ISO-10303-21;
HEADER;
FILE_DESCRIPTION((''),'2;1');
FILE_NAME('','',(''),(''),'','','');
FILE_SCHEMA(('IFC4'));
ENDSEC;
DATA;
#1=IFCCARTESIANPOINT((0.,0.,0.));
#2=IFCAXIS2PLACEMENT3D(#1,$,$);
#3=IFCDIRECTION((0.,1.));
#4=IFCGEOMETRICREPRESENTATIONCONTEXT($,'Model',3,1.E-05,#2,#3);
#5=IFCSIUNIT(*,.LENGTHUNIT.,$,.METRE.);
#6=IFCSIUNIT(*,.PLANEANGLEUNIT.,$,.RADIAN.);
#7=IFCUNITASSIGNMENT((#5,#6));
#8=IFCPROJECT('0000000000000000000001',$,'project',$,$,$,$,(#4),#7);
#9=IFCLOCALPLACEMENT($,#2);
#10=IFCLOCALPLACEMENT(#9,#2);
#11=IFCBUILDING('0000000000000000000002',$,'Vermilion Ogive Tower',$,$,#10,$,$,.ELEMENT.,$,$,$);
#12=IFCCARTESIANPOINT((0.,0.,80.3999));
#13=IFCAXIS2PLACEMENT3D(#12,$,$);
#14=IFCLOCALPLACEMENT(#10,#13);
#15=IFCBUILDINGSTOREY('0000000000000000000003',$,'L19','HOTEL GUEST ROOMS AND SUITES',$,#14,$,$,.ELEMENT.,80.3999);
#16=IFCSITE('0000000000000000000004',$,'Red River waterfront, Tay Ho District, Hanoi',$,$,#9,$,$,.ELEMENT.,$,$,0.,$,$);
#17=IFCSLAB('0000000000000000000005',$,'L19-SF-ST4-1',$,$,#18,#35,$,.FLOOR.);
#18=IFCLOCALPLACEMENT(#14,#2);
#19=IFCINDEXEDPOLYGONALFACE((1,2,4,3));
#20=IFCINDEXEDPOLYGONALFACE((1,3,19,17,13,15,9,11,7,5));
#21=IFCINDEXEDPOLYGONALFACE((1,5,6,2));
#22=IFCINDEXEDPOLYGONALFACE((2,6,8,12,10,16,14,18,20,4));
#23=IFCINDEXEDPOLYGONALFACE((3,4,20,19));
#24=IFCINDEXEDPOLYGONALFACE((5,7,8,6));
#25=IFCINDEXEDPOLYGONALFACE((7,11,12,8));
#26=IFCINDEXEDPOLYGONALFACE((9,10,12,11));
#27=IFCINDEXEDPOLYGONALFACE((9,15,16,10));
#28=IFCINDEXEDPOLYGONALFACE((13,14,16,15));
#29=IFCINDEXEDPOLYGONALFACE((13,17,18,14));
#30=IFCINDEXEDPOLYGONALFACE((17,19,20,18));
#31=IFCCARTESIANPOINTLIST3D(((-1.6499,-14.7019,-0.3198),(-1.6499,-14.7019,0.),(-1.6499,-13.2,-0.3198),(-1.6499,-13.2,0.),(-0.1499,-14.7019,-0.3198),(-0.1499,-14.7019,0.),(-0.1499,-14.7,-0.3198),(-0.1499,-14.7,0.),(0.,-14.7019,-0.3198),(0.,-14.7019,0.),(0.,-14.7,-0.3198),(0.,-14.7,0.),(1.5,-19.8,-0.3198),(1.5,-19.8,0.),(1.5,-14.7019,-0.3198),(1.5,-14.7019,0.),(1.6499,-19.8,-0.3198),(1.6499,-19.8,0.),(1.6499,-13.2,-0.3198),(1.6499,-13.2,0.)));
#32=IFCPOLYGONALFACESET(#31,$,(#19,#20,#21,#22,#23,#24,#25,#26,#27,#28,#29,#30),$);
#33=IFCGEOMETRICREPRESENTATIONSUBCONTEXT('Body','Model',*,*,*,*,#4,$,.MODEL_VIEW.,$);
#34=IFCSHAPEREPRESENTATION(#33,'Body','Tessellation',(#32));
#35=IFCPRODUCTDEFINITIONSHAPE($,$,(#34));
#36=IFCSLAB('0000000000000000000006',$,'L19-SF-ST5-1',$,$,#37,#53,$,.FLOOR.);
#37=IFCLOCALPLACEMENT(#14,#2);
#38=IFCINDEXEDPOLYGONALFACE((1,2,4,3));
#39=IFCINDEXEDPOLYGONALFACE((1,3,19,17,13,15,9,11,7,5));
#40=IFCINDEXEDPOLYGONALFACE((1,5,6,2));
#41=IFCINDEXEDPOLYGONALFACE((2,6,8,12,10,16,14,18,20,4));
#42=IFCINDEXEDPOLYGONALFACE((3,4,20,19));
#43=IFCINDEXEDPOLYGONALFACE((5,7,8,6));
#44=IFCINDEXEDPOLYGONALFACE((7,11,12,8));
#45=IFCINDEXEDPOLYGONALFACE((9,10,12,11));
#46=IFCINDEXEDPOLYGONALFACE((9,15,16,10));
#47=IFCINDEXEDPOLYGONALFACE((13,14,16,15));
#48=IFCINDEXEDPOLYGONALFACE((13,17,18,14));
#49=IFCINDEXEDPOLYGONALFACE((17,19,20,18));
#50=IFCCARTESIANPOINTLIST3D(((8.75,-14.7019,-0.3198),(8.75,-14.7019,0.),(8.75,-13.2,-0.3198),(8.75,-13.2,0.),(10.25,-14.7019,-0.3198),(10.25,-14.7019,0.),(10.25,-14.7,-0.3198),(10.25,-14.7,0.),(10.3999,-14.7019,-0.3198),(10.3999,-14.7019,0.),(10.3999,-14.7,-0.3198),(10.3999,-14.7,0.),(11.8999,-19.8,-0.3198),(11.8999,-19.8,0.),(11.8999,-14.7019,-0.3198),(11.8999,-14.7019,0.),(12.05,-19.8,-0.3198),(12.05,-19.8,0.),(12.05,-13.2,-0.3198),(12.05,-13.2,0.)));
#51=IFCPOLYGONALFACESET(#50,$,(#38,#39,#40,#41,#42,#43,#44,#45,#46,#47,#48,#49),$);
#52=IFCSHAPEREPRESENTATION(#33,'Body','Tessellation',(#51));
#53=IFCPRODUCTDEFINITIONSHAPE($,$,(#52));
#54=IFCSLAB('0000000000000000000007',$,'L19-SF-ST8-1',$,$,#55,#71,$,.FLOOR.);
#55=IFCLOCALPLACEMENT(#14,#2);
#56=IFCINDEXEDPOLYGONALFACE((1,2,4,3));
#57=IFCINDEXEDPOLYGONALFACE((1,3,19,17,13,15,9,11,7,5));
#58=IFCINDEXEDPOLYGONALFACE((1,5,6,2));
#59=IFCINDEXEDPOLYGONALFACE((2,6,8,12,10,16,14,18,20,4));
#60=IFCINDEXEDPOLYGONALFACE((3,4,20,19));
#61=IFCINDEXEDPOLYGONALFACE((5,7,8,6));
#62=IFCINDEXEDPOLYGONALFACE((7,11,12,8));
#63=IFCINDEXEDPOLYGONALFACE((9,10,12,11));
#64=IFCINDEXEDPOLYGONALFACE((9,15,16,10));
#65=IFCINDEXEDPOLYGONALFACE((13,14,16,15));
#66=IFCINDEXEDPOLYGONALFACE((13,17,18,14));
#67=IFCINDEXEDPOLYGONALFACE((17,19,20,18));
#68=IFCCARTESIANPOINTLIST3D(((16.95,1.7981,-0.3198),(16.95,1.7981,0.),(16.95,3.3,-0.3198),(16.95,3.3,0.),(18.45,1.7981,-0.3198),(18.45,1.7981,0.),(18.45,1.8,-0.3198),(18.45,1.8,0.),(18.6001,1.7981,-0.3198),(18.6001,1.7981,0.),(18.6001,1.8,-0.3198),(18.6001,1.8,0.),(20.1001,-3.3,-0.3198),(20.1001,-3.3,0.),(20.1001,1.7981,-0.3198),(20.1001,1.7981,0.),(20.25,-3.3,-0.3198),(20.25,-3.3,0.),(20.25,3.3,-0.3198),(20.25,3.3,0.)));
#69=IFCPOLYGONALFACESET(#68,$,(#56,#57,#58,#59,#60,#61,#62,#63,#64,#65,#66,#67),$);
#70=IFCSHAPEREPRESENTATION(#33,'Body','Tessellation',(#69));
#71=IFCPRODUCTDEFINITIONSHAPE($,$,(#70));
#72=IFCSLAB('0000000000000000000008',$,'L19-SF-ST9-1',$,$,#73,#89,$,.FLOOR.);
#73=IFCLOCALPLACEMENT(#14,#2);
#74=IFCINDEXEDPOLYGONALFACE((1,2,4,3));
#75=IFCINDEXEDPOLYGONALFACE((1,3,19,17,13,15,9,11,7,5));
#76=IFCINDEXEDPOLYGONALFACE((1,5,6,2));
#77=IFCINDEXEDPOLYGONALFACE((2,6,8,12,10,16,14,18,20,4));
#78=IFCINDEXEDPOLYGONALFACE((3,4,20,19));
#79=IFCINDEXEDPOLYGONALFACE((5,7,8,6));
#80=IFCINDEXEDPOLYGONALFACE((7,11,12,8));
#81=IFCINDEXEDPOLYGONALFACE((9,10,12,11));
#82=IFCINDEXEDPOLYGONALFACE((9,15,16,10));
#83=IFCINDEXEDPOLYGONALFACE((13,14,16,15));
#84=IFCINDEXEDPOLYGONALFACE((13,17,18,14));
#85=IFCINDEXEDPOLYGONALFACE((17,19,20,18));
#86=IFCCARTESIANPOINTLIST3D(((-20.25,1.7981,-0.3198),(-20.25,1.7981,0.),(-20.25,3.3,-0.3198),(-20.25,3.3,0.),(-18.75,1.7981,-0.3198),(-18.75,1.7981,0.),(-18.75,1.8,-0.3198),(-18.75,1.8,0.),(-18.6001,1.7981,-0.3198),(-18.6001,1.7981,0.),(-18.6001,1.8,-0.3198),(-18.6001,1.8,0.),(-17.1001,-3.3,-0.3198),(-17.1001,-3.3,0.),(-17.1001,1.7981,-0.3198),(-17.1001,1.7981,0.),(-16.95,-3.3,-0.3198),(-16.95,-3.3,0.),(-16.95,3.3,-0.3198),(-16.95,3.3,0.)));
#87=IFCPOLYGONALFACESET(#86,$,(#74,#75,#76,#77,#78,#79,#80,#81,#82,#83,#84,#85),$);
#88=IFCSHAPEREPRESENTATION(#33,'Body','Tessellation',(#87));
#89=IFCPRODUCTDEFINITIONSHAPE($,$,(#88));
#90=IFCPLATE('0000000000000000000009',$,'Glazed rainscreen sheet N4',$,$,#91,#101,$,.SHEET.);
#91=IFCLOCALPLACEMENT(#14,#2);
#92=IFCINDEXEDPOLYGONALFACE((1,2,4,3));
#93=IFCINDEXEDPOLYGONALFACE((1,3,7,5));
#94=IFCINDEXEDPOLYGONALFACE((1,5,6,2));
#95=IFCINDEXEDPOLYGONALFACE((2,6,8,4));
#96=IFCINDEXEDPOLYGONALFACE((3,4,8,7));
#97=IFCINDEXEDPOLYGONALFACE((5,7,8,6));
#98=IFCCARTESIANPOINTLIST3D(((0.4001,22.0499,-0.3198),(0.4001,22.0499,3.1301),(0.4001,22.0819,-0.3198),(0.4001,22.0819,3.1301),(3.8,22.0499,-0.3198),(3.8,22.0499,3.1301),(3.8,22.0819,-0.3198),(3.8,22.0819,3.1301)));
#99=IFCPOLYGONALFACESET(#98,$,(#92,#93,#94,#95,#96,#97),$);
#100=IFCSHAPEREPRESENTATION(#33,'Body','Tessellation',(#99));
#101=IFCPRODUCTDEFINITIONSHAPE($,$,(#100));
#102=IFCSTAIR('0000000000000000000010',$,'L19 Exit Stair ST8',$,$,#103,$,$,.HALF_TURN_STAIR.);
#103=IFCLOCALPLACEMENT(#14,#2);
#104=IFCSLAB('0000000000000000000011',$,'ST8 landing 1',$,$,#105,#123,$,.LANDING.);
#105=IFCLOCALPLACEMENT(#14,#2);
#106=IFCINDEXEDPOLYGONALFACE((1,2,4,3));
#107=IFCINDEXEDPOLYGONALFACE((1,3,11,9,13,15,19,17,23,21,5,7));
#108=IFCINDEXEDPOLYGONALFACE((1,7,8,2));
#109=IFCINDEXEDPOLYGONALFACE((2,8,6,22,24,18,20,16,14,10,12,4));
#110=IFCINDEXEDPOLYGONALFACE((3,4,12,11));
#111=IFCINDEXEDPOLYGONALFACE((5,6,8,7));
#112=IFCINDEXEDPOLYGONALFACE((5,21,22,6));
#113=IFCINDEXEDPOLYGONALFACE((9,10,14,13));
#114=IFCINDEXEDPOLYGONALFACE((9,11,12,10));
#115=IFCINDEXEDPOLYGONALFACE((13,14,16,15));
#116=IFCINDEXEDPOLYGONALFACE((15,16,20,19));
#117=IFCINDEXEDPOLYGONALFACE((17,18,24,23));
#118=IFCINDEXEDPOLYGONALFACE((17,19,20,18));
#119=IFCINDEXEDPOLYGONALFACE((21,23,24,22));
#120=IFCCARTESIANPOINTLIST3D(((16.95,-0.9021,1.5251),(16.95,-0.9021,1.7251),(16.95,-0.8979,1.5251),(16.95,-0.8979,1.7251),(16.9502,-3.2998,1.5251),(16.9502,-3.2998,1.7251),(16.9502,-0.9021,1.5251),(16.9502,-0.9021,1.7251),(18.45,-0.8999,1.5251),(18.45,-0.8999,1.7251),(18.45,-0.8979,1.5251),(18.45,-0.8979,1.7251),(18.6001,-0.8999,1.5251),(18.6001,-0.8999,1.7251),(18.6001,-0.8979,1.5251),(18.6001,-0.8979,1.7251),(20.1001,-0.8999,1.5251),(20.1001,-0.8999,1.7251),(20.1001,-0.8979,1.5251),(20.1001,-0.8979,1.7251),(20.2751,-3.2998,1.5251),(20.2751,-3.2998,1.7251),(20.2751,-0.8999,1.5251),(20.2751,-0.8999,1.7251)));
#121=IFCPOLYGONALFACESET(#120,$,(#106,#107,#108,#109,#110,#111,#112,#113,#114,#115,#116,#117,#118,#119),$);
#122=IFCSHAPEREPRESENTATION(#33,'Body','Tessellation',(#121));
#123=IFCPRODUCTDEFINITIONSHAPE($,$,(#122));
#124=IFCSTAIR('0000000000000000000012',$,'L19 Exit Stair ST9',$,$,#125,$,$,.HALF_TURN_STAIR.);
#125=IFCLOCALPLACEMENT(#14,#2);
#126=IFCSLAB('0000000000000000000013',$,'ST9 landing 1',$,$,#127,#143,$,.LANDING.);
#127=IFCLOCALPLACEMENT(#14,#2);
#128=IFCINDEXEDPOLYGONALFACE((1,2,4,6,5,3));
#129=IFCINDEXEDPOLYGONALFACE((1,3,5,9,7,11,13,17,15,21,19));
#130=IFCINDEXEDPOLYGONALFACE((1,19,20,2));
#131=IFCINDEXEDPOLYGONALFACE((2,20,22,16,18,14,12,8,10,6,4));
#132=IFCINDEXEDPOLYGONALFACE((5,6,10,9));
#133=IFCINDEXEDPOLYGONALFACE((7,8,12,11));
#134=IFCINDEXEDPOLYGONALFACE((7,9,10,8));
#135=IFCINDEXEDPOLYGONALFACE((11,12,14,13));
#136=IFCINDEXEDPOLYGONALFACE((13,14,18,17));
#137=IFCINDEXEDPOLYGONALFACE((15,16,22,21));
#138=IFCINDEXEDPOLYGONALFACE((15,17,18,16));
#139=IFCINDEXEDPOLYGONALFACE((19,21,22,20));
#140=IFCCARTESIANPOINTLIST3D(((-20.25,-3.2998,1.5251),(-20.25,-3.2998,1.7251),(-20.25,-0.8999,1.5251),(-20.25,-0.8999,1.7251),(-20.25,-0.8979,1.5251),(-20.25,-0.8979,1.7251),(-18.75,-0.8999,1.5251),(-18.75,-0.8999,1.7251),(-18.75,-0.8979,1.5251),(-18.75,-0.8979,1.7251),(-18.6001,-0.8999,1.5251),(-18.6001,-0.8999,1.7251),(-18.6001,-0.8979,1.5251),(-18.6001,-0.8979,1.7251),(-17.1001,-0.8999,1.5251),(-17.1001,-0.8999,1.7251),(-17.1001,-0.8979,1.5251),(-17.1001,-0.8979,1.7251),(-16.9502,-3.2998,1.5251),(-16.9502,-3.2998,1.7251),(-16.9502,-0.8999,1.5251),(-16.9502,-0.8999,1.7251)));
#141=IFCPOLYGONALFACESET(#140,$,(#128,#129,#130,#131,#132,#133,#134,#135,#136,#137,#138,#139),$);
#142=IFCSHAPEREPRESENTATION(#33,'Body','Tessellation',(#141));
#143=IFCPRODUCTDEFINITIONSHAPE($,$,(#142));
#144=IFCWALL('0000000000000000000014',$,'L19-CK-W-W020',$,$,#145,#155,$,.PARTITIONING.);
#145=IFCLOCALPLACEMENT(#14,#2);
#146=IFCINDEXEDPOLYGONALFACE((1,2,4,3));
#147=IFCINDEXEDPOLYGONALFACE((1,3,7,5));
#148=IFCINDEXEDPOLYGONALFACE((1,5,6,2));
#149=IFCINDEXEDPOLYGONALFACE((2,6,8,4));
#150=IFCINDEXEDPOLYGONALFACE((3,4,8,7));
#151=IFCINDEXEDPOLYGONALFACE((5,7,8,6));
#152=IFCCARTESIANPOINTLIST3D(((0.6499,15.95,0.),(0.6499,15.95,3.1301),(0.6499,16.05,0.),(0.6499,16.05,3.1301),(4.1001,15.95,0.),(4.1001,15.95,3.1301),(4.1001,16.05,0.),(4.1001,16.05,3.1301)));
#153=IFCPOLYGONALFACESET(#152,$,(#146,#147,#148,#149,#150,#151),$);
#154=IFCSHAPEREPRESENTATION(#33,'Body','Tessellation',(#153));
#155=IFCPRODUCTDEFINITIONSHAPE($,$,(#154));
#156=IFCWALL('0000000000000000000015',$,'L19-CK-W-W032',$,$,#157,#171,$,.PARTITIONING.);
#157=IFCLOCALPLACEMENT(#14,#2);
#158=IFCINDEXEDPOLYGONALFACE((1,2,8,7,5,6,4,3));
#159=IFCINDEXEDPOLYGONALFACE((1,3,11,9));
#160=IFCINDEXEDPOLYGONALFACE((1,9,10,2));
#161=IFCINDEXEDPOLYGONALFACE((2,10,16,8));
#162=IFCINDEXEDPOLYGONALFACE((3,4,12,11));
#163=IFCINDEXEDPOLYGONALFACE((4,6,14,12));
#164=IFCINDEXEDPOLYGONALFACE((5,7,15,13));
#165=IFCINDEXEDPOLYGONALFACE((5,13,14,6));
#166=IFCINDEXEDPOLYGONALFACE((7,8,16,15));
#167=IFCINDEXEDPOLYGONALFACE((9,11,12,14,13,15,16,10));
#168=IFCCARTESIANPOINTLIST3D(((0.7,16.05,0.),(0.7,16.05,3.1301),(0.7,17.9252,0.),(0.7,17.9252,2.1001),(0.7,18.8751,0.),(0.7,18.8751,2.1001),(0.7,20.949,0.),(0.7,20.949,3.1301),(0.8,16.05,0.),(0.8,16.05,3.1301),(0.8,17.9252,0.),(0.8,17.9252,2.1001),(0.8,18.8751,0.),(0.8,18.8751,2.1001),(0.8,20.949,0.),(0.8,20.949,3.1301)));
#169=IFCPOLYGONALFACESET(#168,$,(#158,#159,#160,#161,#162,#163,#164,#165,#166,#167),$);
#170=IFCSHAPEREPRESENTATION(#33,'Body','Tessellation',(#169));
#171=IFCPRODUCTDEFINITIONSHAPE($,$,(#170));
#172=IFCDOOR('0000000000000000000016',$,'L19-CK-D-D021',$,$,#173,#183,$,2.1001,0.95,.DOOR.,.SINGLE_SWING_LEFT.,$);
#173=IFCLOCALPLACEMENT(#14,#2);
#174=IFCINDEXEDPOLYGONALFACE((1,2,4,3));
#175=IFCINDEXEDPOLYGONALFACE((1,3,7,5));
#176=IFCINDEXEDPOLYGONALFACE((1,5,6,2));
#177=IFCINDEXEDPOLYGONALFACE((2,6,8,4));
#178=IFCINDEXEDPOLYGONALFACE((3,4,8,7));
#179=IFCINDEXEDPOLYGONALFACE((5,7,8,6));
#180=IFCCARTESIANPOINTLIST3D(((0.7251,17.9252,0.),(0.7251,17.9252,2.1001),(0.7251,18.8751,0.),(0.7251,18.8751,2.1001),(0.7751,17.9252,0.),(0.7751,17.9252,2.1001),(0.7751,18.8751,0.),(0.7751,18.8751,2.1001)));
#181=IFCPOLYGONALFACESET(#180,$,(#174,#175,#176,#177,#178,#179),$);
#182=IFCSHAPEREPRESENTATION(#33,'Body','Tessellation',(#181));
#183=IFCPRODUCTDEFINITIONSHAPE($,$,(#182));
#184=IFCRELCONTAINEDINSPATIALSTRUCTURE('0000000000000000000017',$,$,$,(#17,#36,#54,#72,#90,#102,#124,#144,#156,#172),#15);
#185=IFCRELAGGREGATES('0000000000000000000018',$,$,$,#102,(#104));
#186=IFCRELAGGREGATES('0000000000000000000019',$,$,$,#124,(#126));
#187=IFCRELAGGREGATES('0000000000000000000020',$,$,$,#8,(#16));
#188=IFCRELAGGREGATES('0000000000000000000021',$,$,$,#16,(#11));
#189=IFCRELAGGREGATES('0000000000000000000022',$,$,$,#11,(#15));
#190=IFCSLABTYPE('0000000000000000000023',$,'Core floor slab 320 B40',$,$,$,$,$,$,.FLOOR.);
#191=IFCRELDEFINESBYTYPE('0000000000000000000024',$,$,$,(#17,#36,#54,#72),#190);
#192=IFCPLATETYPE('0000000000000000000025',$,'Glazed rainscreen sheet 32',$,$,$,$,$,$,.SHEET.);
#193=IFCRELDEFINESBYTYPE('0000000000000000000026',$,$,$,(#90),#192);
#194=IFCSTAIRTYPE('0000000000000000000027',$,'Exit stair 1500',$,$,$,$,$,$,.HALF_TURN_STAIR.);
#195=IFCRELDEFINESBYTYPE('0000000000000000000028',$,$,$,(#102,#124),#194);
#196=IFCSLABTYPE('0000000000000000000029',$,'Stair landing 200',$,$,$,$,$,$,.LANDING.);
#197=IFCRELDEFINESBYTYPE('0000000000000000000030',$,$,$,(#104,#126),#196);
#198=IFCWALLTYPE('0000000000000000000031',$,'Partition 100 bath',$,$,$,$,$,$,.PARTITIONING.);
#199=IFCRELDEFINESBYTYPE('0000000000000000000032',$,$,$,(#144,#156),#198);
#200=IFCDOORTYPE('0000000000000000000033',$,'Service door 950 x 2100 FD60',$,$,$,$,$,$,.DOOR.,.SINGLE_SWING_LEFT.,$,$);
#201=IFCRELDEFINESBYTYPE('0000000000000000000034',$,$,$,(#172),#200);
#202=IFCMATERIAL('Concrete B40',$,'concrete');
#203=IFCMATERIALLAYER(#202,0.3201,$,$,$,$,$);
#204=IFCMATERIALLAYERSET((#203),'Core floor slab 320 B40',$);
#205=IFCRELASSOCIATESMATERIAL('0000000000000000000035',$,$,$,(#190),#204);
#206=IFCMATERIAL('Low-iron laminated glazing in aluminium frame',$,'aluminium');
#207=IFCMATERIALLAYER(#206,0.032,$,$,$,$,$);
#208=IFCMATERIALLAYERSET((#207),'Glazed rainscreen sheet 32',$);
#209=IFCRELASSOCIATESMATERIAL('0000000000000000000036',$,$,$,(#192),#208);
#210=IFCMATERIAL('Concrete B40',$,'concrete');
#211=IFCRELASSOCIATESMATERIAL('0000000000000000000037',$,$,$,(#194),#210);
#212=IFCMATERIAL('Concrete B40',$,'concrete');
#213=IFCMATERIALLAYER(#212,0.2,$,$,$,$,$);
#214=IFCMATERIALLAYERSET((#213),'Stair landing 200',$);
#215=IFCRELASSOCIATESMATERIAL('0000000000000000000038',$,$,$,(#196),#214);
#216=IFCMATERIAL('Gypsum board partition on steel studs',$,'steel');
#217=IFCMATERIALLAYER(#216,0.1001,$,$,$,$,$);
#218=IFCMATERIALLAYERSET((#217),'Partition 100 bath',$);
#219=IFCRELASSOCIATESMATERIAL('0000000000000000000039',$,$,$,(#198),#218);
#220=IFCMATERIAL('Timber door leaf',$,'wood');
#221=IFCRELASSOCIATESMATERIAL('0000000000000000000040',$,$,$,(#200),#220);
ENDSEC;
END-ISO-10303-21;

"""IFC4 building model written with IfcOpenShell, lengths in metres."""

from ifc_helpers import new_model, si_unit, direction, frame, frame_2d, origin, origin_2d, place, context, subcontext, project, spatial, polyline, rectangle, outline, extrude, material, layer, layer_set, type_object, element, fill, aggregate, save


model = new_model("IFC4")

# Units and contexts
model_context = context("Model", 3, precision=1e-05, world=origin(), true_north=direction((0.0, 1.0)))
body_context = subcontext(model_context, "Body", "Model", "MODEL_VIEW")
ifc_project = project(units=[si_unit("LENGTHUNIT", "METRE"), si_unit("PLANEANGLEUNIT", "RADIAN")], contexts=[model_context])

# Site, building, storey
site_placement = place(None, origin())
site = spatial("IfcSite", under=ifc_project, at=site_placement, Name="Red River waterfront, Tay Ho District, Hanoi", CompositionType="ELEMENT", RefElevation=0.0)
building_placement = place(site_placement, origin())
building = spatial("IfcBuilding", under=site, at=building_placement, Name="Vermilion Ogive Tower", CompositionType="ELEMENT")
storey_placement = place(building_placement, frame((0.0, 0.0, 80.3999)))
storey = spatial("IfcBuildingStorey", under=building, at=storey_placement, Name="L19", Description="HOTEL GUEST ROOMS AND SUITES", CompositionType="ELEMENT", Elevation=80.3999)

# Slabs
ifc_material_1 = material(Name="Concrete B40", Category="concrete")
ifc_layer_1 = layer(ifc_material_1, 0.3201)
ifc_layer_set_1 = layer_set([ifc_layer_1], Name="Core floor slab 320 B40")
slab_type_1 = type_object("IfcSlabType", Name="Core floor slab 320 B40", PredefinedType="FLOOR", material=ifc_layer_set_1)
slab_1_placement = place(storey_placement, frame((0.0, 0.0, -0.3198)))
element("IfcSlab", 1, at=slab_1_placement, inside=storey, type_object=slab_type_1, Name="L19-SF-ST4-1", PredefinedType="FLOOR", context=body_context, shape_type="SweptSolid", body=[
    extrude(outline(polyline([(-1.6499, -13.2), (-1.6499, -14.7019), (-0.1499, -14.7019), (-0.1499, -14.7), (0.0, -14.7), (0.0, -14.7019), (1.5, -14.7019), (1.5, -19.8), (1.6499, -19.8), (1.6499, -13.2), (-1.6499, -13.2)])), origin(), (0.0, 0.0, 1.0), 0.3198),
])
slab_2_placement = place(storey_placement, frame((0.0, 0.0, -0.3198)))
element("IfcSlab", 2, at=slab_2_placement, inside=storey, type_object=slab_type_1, Name="L19-SF-ST5-1", PredefinedType="FLOOR", context=body_context, shape_type="SweptSolid", body=[
    extrude(outline(polyline([(8.75, -13.2), (8.75, -14.7019), (10.25, -14.7019), (10.25, -14.7), (10.3999, -14.7), (10.3999, -14.7019), (11.8999, -14.7019), (11.8999, -19.8), (12.05, -19.8), (12.05, -13.2), (8.75, -13.2)])), origin(), (0.0, 0.0, 1.0), 0.3198),
])
slab_3_placement = place(storey_placement, frame((0.0, 0.0, -0.3198)))
element("IfcSlab", 3, at=slab_3_placement, inside=storey, type_object=slab_type_1, Name="L19-SF-ST8-1", PredefinedType="FLOOR", context=body_context, shape_type="SweptSolid", body=[
    extrude(outline(polyline([(16.95, 3.3), (16.95, 1.7981), (18.45, 1.7981), (18.45, 1.8), (18.6001, 1.8), (18.6001, 1.7981), (20.1001, 1.7981), (20.1001, -3.3), (20.25, -3.3), (20.25, 3.3), (16.95, 3.3)])), origin(), (0.0, 0.0, 1.0), 0.3198),
])
slab_4_placement = place(storey_placement, frame((0.0, 0.0, -0.3198)))
element("IfcSlab", 4, at=slab_4_placement, inside=storey, type_object=slab_type_1, Name="L19-SF-ST9-1", PredefinedType="FLOOR", context=body_context, shape_type="SweptSolid", body=[
    extrude(outline(polyline([(-20.25, 3.3), (-20.25, 1.7981), (-18.75, 1.7981), (-18.75, 1.8), (-18.6001, 1.8), (-18.6001, 1.7981), (-17.1001, 1.7981), (-17.1001, -3.3), (-16.95, -3.3), (-16.95, 3.3), (-20.25, 3.3)])), origin(), (0.0, 0.0, 1.0), 0.3198),
])

# Plate
ifc_material_2 = material(Name="Low-iron laminated glazing in aluminium frame", Category="aluminium")
ifc_layer_2 = layer(ifc_material_2, 0.032)
ifc_layer_set_2 = layer_set([ifc_layer_2], Name="Glazed rainscreen sheet 32")
plate_type = type_object("IfcPlateType", Name="Glazed rainscreen sheet 32", PredefinedType="SHEET", material=ifc_layer_set_2)
plate_placement = place(storey_placement, frame((2.1001, 22.0659, -0.3198), z_axis=(0.0, 0.0, 1.0), x_axis=(1.0, 0.0, 0.0)))
element("IfcPlate", 5, at=plate_placement, inside=storey, type_object=plate_type, Name="Glazed rainscreen sheet N4", PredefinedType="SHEET", context=body_context, shape_type="SweptSolid", body=[
    extrude(rectangle(XDim=3.3999, YDim=0.032, at=origin_2d()), origin(), (0.0, 0.0, 1.0), 3.45),
])

# Stairs, slabs
ifc_material_3 = material(Name="Concrete B40", Category="concrete")
stair_type = type_object("IfcStairType", Name="Exit stair 1500", PredefinedType="HALF_TURN_STAIR", material=ifc_material_3)
stair_1_placement = place(storey_placement, origin())
stair_1 = element("IfcStair", 6, at=stair_1_placement, inside=storey, type_object=stair_type, Name="L19 Exit Stair ST8", PredefinedType="HALF_TURN_STAIR")
ifc_material_4 = material(Name="Concrete B40", Category="concrete")
ifc_layer_3 = layer(ifc_material_4, 0.2)
ifc_layer_set_3 = layer_set([ifc_layer_3], Name="Stair landing 200")
slab_type_2 = type_object("IfcSlabType", Name="Stair landing 200", PredefinedType="LANDING", material=ifc_layer_set_3)
slab_5_placement = place(storey_placement, frame((0.0, 0.0, 1.5251)))
slab_5 = element("IfcSlab", 7, at=slab_5_placement, type_object=slab_type_2, Name="ST8 landing 1", PredefinedType="LANDING", context=body_context, shape_type="SweptSolid", body=[
    extrude(outline(polyline([(20.2751, -0.8999), (20.1001, -0.8999), (20.1001, -0.8979), (18.6001, -0.8979), (18.6001, -0.8999), (18.45, -0.8999), (18.45, -0.8979), (16.95, -0.8979), (16.95, -0.9021), (16.9502, -0.9021), (16.9502, -3.2998), (20.2751, -3.2998), (20.2751, -0.8999)])), origin(), (0.0, 0.0, 1.0), 0.2),
])
aggregate(stair_1, [slab_5])
stair_2_placement = place(storey_placement, origin())
stair_2 = element("IfcStair", 8, at=stair_2_placement, inside=storey, type_object=stair_type, Name="L19 Exit Stair ST9", PredefinedType="HALF_TURN_STAIR")
slab_6_placement = place(storey_placement, frame((0.0, 0.0, 1.5251)))
slab_6 = element("IfcSlab", 9, at=slab_6_placement, type_object=slab_type_2, Name="ST9 landing 1", PredefinedType="LANDING", context=body_context, shape_type="SweptSolid", body=[
    extrude(outline(polyline([(-16.9502, -0.8999), (-17.1001, -0.8999), (-17.1001, -0.8979), (-18.6001, -0.8979), (-18.6001, -0.8999), (-18.75, -0.8999), (-18.75, -0.8979), (-20.25, -0.8979), (-20.25, -0.8999), (-20.25, -0.8999), (-20.25, -3.2998), (-16.9502, -3.2998), (-16.9502, -0.8999)])), origin(), (0.0, 0.0, 1.0), 0.2),
])
aggregate(stair_2, [slab_6])

# Wall
ifc_material_5 = material(Name="Gypsum board partition on steel studs", Category="steel")
ifc_layer_4 = layer(ifc_material_5, 0.1001)
ifc_layer_set_4 = layer_set([ifc_layer_4], Name="Partition 100 bath")
wall_type_1 = type_object("IfcWallType", Name="Partition 100 bath", PredefinedType="PARTITIONING", material=ifc_layer_set_4)
wall_1_placement = place(storey_placement, frame((0.6499, 16.0, 0.0), z_axis=(0.0, 0.0, 1.0), x_axis=(1.0, 0.0, 0.0)))
element("IfcWall", 10, at=wall_1_placement, inside=storey, type_object=wall_type_1, Name="L19-CK-W-W020", PredefinedType="PARTITIONING", context=body_context, shape_type="SweptSolid", body=[
    extrude(rectangle(XDim=3.4502, YDim=0.1001, at=frame_2d((1.7251, 0.0))), origin(), (0.0, 0.0, 1.0), 3.1301),
])

# Wall, opening, door
wall_2_placement = place(storey_placement, frame((0.75, 16.05, 0.0), z_axis=(0.0, 0.0, 1.0), x_axis=(0.0, 1.0, 0.0)))
wall_2 = element("IfcWall", 11, at=wall_2_placement, inside=storey, type_object=wall_type_1, Name="L19-CK-W-W032", PredefinedType="PARTITIONING", context=body_context, shape_type="SweptSolid", body=[
    extrude(rectangle(XDim=4.8989, YDim=0.1001, at=frame_2d((2.4495, 0.0))), origin(), (0.0, 0.0, 1.0), 3.1301),
])
opening_1_placement = place(wall_2_placement, frame((1.875, 0.0, 0.0)))
opening_1 = element("IfcOpeningElement", 12, at=opening_1_placement, cuts=wall_2, PredefinedType="OPENING", context=body_context, shape_type="SweptSolid", body=[
    extrude(rectangle(XDim=0.95, YDim=2.1001, at=frame_2d((0.4751, 1.05))), frame((0.0, 0.0601, 0.0), z_axis=(0.0, -1.0, 0.0), x_axis=(1.0, 0.0, 0.0)), (0.0, 0.0, 1.0), 0.1201),
])
ifc_material_6 = material(Name="Timber door leaf", Category="wood")
door_type_1 = type_object("IfcDoorType", Name="Service door 950 x 2100 FD60", OperationType="SINGLE_SWING_LEFT", PredefinedType="DOOR", material=ifc_material_6)
door_1_placement = place(opening_1_placement, origin())
door_1 = element("IfcDoor", 13, at=door_1_placement, inside=storey, type_object=door_type_1, Name="L19-CK-D-D021", OperationType="SINGLE_SWING_LEFT", OverallHeight=2.1001, OverallWidth=0.95, PredefinedType="DOOR", context=body_context, shape_type="SweptSolid", body=[
    extrude(rectangle(XDim=0.95, YDim=2.1001, at=frame_2d((0.4751, 1.05))), frame((0.0, 0.0249, 0.0), z_axis=(0.0, -1.0, 0.0), x_axis=(1.0, 0.0, 0.0)), (0.0, 0.0, 1.0), 0.05),
])
fill(opening_1, door_1)

save(model, "model.ifc")
